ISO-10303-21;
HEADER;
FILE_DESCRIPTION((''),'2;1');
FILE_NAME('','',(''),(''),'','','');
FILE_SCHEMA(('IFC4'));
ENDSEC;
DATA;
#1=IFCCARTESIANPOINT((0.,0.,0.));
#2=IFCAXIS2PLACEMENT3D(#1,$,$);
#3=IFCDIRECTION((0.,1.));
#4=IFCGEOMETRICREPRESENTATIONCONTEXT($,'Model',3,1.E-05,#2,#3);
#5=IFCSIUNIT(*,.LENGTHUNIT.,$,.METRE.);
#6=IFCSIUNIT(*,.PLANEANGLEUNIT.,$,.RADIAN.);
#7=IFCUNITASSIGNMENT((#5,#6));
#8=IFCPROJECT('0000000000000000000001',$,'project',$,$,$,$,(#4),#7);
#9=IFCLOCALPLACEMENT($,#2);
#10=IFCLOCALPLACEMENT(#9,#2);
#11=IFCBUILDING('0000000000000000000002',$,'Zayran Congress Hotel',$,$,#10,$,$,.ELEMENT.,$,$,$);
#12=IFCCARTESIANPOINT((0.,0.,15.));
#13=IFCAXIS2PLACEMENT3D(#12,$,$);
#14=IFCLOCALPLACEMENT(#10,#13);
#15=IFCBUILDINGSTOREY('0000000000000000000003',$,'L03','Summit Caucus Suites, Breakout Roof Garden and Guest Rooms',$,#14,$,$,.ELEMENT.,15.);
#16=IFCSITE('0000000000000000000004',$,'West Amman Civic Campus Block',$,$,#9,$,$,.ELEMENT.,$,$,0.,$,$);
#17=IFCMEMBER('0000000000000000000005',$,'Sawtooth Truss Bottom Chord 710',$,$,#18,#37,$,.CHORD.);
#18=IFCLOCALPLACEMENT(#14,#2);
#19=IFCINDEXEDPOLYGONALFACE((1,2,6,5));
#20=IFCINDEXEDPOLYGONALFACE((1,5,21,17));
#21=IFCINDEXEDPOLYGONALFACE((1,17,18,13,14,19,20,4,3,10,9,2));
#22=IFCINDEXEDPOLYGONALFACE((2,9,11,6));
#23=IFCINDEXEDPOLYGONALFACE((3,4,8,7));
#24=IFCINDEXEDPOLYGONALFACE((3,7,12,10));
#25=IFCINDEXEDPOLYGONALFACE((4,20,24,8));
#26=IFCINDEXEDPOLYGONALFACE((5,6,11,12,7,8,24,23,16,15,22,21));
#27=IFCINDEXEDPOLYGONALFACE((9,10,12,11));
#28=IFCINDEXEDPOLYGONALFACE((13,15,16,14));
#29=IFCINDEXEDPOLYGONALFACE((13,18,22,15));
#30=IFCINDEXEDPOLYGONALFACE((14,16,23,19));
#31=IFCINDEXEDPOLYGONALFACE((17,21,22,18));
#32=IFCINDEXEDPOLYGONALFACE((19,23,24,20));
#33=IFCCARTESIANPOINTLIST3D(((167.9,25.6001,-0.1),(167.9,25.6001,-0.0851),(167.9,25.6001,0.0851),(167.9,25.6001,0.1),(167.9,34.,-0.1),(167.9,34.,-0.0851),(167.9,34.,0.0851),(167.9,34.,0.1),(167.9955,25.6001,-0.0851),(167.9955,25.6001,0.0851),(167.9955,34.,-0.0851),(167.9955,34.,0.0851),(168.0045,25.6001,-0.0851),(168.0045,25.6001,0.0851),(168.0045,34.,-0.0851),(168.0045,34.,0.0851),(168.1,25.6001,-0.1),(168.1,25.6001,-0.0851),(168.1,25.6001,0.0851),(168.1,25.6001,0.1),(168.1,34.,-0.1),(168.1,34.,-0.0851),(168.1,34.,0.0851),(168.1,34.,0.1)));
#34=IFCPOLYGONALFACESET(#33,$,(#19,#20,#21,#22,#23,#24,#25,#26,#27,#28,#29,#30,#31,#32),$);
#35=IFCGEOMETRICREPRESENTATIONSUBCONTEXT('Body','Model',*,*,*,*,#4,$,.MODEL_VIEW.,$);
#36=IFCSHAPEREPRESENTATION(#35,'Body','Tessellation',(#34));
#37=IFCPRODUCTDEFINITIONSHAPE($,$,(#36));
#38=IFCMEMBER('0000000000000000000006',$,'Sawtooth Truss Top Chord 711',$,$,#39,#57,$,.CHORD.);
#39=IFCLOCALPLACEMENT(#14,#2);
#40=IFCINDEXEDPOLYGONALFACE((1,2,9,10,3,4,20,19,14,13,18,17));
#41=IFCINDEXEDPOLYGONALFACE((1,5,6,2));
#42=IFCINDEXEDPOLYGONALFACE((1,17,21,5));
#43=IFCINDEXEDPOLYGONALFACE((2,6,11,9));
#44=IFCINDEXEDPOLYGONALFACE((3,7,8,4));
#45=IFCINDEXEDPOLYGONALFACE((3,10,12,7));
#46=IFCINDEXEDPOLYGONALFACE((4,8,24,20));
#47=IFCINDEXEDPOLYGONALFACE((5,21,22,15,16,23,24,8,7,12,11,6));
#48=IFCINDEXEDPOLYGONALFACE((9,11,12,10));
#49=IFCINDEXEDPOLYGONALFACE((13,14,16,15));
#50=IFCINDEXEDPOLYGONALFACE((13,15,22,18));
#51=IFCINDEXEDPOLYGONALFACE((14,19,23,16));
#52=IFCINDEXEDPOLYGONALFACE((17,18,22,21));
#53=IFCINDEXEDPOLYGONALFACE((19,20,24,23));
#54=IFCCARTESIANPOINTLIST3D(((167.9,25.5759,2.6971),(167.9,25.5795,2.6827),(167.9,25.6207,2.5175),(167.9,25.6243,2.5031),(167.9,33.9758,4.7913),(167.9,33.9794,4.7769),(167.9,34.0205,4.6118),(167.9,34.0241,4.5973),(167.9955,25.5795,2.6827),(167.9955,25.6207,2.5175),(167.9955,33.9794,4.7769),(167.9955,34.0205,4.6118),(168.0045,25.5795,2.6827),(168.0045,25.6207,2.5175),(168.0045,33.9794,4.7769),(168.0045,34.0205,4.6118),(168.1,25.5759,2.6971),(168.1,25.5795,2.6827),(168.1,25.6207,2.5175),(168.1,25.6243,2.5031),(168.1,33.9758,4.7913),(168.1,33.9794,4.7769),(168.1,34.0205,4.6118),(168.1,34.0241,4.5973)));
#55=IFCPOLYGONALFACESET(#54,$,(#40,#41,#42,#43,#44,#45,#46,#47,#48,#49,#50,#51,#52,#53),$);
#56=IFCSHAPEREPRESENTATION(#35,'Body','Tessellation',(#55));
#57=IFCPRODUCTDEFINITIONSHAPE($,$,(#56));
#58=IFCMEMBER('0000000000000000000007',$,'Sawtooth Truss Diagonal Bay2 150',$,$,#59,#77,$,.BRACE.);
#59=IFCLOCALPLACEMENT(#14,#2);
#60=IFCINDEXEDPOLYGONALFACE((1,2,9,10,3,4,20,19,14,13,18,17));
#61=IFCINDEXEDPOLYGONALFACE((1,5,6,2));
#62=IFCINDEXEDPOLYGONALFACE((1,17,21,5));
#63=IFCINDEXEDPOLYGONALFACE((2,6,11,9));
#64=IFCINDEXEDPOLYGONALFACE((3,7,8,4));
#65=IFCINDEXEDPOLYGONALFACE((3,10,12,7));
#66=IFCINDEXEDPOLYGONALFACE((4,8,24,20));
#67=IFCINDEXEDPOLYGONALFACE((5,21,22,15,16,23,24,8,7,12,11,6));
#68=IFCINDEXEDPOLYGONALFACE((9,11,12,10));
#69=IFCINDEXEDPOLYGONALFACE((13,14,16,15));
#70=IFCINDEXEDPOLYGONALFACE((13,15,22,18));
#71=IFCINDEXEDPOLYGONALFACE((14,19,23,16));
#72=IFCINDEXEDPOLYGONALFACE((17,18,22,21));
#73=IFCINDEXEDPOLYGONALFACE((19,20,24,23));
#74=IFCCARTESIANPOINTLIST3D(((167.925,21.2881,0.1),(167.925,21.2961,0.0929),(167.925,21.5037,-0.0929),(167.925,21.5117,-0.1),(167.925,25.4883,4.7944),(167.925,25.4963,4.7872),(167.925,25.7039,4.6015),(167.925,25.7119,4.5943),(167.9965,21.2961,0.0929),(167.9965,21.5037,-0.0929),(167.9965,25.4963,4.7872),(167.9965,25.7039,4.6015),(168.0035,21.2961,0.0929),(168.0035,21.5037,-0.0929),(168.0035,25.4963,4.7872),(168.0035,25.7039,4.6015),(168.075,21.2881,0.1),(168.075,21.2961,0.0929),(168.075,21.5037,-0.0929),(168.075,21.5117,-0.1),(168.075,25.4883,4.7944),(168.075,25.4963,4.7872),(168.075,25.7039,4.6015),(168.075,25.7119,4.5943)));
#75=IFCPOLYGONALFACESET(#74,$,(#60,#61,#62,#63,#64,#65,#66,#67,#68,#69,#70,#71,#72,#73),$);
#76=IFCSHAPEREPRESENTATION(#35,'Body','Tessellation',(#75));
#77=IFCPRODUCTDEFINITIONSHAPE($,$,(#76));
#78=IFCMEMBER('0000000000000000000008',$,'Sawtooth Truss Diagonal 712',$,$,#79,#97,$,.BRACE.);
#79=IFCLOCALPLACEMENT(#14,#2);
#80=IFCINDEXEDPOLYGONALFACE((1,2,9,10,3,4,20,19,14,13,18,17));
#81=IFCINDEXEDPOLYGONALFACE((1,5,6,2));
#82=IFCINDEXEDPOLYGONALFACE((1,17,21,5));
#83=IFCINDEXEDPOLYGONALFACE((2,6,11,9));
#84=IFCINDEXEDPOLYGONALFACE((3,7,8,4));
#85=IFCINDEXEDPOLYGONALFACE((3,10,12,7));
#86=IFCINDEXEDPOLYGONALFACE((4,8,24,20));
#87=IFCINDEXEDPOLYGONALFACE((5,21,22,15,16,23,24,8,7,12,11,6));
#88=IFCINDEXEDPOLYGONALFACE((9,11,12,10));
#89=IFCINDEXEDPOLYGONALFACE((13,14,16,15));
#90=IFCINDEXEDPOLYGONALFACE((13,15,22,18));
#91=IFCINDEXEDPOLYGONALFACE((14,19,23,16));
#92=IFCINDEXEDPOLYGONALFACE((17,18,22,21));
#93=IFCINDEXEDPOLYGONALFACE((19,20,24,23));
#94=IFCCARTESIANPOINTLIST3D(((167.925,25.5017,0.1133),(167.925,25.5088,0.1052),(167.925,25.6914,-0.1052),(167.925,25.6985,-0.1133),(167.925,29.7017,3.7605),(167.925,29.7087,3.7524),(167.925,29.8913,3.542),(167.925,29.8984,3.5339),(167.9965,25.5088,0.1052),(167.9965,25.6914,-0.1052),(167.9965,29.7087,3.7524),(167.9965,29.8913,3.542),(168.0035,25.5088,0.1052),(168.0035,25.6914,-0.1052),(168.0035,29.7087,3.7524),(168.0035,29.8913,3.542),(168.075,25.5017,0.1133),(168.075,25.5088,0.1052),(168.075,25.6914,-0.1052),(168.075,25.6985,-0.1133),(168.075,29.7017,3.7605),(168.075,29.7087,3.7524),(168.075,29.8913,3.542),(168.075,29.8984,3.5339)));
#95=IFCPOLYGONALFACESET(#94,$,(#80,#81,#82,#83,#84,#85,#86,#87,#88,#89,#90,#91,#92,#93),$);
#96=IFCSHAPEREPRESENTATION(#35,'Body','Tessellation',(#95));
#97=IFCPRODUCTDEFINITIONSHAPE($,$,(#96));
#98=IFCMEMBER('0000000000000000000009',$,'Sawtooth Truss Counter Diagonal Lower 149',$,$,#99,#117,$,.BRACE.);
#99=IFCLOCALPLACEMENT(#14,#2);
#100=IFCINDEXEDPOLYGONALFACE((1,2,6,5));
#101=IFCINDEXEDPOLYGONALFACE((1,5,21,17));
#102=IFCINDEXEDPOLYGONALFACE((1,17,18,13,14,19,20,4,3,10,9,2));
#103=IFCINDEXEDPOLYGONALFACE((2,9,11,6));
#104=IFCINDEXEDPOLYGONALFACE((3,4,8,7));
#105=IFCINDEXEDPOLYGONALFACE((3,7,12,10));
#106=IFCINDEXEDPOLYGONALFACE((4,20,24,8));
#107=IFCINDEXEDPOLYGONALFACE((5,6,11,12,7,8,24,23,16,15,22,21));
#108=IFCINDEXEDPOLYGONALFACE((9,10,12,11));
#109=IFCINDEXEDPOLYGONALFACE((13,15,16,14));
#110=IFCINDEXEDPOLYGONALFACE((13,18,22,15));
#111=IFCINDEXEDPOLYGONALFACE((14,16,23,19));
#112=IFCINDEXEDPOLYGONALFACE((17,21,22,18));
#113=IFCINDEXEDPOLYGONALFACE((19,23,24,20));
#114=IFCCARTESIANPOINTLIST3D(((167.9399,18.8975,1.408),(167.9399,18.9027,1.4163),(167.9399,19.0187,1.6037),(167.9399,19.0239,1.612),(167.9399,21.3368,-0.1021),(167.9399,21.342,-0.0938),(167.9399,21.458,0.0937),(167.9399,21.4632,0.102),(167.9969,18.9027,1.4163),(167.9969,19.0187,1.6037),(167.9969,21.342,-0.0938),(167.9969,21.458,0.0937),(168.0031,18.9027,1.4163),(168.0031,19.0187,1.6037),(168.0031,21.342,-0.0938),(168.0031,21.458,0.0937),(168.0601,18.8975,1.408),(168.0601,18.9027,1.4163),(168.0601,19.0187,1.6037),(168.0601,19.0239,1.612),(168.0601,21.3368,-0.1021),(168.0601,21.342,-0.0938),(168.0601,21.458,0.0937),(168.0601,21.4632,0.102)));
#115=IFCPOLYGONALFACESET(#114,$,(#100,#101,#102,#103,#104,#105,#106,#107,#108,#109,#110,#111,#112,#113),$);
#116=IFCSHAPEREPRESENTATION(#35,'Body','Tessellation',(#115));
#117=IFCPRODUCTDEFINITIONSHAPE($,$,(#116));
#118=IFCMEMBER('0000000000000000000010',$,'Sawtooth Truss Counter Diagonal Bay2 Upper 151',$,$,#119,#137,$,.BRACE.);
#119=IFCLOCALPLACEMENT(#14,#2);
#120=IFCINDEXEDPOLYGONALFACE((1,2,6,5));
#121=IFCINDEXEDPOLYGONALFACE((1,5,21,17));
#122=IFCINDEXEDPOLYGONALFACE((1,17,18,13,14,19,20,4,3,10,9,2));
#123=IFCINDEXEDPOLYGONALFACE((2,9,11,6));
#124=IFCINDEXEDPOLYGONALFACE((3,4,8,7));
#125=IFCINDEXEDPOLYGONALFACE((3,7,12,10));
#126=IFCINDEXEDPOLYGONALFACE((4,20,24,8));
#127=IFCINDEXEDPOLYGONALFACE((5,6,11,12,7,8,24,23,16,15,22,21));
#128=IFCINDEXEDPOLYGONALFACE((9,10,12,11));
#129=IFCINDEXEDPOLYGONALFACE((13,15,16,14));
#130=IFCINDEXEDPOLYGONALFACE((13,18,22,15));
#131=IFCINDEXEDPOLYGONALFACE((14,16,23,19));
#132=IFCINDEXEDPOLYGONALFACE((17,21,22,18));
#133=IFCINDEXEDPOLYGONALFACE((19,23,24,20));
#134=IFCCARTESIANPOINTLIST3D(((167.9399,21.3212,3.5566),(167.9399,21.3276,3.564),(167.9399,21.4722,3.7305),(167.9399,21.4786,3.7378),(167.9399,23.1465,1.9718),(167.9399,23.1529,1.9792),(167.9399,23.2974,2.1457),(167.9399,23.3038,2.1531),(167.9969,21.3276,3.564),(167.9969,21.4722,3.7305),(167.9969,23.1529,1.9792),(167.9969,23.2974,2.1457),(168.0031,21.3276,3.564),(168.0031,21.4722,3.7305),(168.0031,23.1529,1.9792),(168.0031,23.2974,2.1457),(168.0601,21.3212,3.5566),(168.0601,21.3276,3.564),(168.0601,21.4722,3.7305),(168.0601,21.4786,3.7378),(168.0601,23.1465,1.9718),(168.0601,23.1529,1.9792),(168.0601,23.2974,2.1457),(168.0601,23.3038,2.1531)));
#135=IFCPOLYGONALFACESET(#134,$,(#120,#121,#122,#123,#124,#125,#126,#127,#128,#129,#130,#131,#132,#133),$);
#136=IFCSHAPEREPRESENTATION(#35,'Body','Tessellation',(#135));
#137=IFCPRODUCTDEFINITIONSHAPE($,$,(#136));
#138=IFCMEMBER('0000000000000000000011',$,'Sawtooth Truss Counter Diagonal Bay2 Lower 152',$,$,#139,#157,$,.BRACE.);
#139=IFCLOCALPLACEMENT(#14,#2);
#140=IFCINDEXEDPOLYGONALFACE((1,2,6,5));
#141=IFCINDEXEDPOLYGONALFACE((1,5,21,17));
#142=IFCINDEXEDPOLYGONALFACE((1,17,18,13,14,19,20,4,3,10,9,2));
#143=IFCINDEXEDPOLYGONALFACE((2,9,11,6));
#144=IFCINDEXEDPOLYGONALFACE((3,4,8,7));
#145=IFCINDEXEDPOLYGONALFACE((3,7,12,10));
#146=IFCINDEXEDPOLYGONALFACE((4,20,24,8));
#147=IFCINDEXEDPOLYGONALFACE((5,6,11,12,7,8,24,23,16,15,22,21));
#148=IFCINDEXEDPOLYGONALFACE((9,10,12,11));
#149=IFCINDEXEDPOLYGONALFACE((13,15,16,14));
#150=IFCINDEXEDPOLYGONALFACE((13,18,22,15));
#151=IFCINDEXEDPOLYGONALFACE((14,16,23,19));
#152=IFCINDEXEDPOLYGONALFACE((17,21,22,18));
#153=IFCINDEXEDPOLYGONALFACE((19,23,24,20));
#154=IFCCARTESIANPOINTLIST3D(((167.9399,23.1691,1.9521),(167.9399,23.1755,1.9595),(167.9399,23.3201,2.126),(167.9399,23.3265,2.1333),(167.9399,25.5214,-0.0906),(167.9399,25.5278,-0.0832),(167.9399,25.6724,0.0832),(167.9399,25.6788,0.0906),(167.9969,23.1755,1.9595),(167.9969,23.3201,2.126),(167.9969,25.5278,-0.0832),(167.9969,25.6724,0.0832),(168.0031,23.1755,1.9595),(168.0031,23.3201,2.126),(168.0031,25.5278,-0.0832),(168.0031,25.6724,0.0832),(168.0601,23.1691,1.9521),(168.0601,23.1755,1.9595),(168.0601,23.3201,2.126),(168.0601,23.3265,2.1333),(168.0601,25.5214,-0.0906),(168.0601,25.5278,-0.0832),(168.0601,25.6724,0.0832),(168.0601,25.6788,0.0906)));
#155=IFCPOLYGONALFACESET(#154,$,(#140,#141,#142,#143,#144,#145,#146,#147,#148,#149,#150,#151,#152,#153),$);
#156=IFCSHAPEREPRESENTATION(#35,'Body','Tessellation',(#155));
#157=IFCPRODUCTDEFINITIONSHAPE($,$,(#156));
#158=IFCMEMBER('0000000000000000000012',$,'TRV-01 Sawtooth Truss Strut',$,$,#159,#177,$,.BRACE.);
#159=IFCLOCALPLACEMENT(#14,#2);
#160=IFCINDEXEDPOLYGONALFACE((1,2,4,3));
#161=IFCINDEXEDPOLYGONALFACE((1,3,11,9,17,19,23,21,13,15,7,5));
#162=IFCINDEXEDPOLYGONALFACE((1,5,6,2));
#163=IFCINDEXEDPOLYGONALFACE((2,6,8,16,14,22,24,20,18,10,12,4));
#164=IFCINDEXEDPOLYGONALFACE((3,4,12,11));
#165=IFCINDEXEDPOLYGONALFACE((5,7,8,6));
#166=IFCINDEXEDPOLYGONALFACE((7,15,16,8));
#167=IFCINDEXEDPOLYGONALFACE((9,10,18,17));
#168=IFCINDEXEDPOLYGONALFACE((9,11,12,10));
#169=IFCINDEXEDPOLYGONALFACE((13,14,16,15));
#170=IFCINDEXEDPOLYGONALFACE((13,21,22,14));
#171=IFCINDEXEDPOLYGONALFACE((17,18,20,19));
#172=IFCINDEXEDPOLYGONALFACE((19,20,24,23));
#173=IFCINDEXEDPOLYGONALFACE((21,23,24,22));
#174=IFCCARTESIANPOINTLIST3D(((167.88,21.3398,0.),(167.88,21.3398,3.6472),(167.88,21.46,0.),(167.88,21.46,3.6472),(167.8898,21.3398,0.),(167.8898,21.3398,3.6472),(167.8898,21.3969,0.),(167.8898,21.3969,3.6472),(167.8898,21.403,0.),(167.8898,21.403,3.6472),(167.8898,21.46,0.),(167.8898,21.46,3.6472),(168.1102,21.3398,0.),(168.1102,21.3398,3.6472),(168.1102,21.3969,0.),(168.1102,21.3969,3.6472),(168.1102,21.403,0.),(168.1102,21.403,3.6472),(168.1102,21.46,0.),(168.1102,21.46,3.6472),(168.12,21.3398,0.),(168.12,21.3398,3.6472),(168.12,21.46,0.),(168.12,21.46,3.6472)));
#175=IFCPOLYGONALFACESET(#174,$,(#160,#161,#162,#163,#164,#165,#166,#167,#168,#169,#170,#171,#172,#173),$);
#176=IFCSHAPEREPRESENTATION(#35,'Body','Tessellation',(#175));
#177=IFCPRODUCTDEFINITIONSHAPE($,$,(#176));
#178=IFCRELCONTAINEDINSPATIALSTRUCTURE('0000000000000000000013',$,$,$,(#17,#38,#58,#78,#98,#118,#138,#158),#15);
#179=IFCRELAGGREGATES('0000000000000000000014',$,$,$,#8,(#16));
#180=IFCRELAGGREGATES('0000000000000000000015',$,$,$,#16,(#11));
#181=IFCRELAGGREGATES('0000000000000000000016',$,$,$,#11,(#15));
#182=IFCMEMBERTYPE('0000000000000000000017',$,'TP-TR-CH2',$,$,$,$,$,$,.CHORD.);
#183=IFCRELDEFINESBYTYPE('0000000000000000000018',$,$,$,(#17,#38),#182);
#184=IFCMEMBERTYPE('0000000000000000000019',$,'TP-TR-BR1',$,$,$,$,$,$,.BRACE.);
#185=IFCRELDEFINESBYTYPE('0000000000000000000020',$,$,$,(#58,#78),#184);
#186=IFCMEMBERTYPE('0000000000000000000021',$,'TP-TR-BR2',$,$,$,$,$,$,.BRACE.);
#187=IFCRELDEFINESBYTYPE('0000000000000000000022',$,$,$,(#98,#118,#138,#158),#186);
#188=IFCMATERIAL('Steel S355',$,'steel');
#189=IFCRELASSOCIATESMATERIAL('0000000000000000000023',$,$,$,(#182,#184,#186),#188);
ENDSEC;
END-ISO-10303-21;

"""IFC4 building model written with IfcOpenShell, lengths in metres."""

from ifc_helpers import new_model, si_unit, direction, frame, origin, origin_2d, place, context, subcontext, project, spatial, i_section, extrude, material, material_profile, profile_set, type_object, element, save


model = new_model("IFC4")

# Units and contexts
model_context = context("Model", 3, precision=1e-05, world=origin(), true_north=direction((0.0, 1.0)))
body_context = subcontext(model_context, "Body", "Model", "MODEL_VIEW")
ifc_project = project(units=[si_unit("LENGTHUNIT", "METRE"), si_unit("PLANEANGLEUNIT", "RADIAN")], contexts=[model_context])

# Site, building, storey
site_placement = place(None, origin())
site = spatial("IfcSite", under=ifc_project, at=site_placement, Name="West Amman Civic Campus Block", CompositionType="ELEMENT", RefElevation=0.0)
building_placement = place(site_placement, origin())
building = spatial("IfcBuilding", under=site, at=building_placement, Name="Zayran Congress Hotel", CompositionType="ELEMENT")
storey_placement = place(building_placement, frame((0.0, 0.0, 15.0)))
storey = spatial("IfcBuildingStorey", under=building, at=storey_placement, Name="L03", Description="Summit Caucus Suites, Breakout Roof Garden and Guest Rooms", CompositionType="ELEMENT", Elevation=15.0)

# Members
ifc_material_1 = material(Name="Steel S355", Category="steel")
ifc_material_profile_1 = material_profile(ifc_material_1, i_section(OverallWidth=0.2, OverallDepth=0.2, WebThickness=0.009, FlangeThickness=0.0149, at=origin_2d()), Name="HEB 200")
ifc_profile_set_1 = profile_set([ifc_material_profile_1], Name="Steel S355")
member_type_1 = type_object("IfcMemberType", Name="TP-TR-CH2", PredefinedType="CHORD", material=ifc_profile_set_1)
member_1_placement = place(storey_placement, frame((168.0, 25.6001, 0.0), z_axis=(0.0, 1.0, 0.0), x_axis=(-1.0, 0.0, 0.0)))
element("IfcMember", 1, at=member_1_placement, inside=storey, type_object=member_type_1, Name="Sawtooth Truss Bottom Chord 710", PredefinedType="CHORD", context=body_context, shape_type="SweptSolid", body=[
    extrude(i_section(OverallWidth=0.2, OverallDepth=0.2, WebThickness=0.009, FlangeThickness=0.0149, at=origin_2d()), origin(), (0.0, 0.0, 1.0), 8.3999),
])
member_2_placement = place(storey_placement, frame((168.0, 25.6001, 2.6001), z_axis=(0.0, 0.970298, 0.241912), x_axis=(-1.0, 0.0, 0.0)))
element("IfcMember", 2, at=member_2_placement, inside=storey, type_object=member_type_1, Name="Sawtooth Truss Top Chord 711", PredefinedType="CHORD", context=body_context, shape_type="SweptSolid", body=[
    extrude(i_section(OverallWidth=0.2, OverallDepth=0.2, WebThickness=0.009, FlangeThickness=0.0149, at=origin_2d()), origin(), (0.0, 0.0, 1.0), 8.657),
])
ifc_material_profile_2 = material_profile(ifc_material_1, i_section(OverallWidth=0.1499, OverallDepth=0.3, WebThickness=0.0071, FlangeThickness=0.0107, at=origin_2d()), Name="IPE 300")
ifc_profile_set_2 = profile_set([ifc_material_profile_2], Name="Steel S355")
member_type_2 = type_object("IfcMemberType", Name="TP-TR-BR1", PredefinedType="BRACE", material=ifc_profile_set_2)
member_3_placement = place(storey_placement, frame((168.0, 21.3999, 0.0), z_axis=(0.0, 0.666795, 0.745241), x_axis=(-1.0, 0.0, 0.0)))
element("IfcMember", 3, at=member_3_placement, inside=storey, type_object=member_type_2, Name="Sawtooth Truss Diagonal Bay2 150", PredefinedType="BRACE", context=body_context, shape_type="SweptSolid", body=[
    extrude(i_section(OverallWidth=0.1499, OverallDepth=0.3, WebThickness=0.0071, FlangeThickness=0.0107, at=origin_2d()), origin(), (0.0, 0.0, 1.0), 6.2991),
])
member_4_placement = place(storey_placement, frame((168.0, 25.6001, 0.0), z_axis=(0.0, 0.755043, 0.655675), x_axis=(-1.0, 0.0, 0.0)))
element("IfcMember", 4, at=member_4_placement, inside=storey, type_object=member_type_2, Name="Sawtooth Truss Diagonal 712", PredefinedType="BRACE", context=body_context, shape_type="SweptSolid", body=[
    extrude(i_section(OverallWidth=0.1499, OverallDepth=0.3, WebThickness=0.0071, FlangeThickness=0.0107, at=origin_2d()), origin(), (0.0, 0.0, 1.0), 5.5625),
])
ifc_material_profile_3 = material_profile(ifc_material_1, i_section(OverallWidth=0.1201, OverallDepth=0.24, WebThickness=0.0061, FlangeThickness=0.0098, at=origin_2d()), Name="IPE 240")
ifc_profile_set_3 = profile_set([ifc_material_profile_3], Name="Steel S355")
member_type_3 = type_object("IfcMemberType", Name="TP-TR-BR2", PredefinedType="BRACE", material=ifc_profile_set_3)
member_5_placement = place(storey_placement, frame((168.0, 18.9607, 1.51), z_axis=(0.0, 0.850262, -0.52636), x_axis=(-1.0, 0.0, 0.0)))
element("IfcMember", 5, at=member_5_placement, inside=storey, type_object=member_type_3, Name="Sawtooth Truss Counter Diagonal Lower 149", PredefinedType="BRACE", context=body_context, shape_type="SweptSolid", body=[
    extrude(i_section(OverallWidth=0.1201, OverallDepth=0.24, WebThickness=0.0061, FlangeThickness=0.0098, at=origin_2d()), origin(), (0.0, 0.0, 1.0), 2.8689),
])
member_6_placement = place(storey_placement, frame((168.0, 21.3999, 3.6472), z_axis=(0.0, 0.755099, -0.655611), x_axis=(-1.0, 0.0, 0.0)))
element("IfcMember", 6, at=member_6_placement, inside=storey, type_object=member_type_3, Name="Sawtooth Truss Counter Diagonal Bay2 Upper 151", PredefinedType="BRACE", context=body_context, shape_type="SweptSolid", body=[
    extrude(i_section(OverallWidth=0.1201, OverallDepth=0.24, WebThickness=0.0061, FlangeThickness=0.0098, at=origin_2d()), origin(), (0.0, 0.0, 1.0), 2.4172),
])
member_7_placement = place(storey_placement, frame((168.0, 23.2478, 2.0427), z_axis=(0.0, 0.755042, -0.655676), x_axis=(-1.0, 0.0, 0.0)))
element("IfcMember", 7, at=member_7_placement, inside=storey, type_object=member_type_3, Name="Sawtooth Truss Counter Diagonal Bay2 Lower 152", PredefinedType="BRACE", context=body_context, shape_type="SweptSolid", body=[
    extrude(i_section(OverallWidth=0.1201, OverallDepth=0.24, WebThickness=0.0061, FlangeThickness=0.0098, at=origin_2d()), origin(), (0.0, 0.0, 1.0), 3.1155),
])
member_8_placement = place(storey_placement, frame((168.0, 21.3999, 0.0), z_axis=(0.0, 0.0, 1.0), x_axis=(0.0, 1.0, 0.0)))
element("IfcMember", 8, at=member_8_placement, inside=storey, type_object=member_type_3, Name="TRV-01 Sawtooth Truss Strut", PredefinedType="BRACE", context=body_context, shape_type="SweptSolid", body=[
    extrude(i_section(OverallWidth=0.1201, OverallDepth=0.24, WebThickness=0.0061, FlangeThickness=0.0098, at=origin_2d()), origin(), (0.0, 0.0, 1.0), 3.6472),
])

save(model, "model.ifc")
